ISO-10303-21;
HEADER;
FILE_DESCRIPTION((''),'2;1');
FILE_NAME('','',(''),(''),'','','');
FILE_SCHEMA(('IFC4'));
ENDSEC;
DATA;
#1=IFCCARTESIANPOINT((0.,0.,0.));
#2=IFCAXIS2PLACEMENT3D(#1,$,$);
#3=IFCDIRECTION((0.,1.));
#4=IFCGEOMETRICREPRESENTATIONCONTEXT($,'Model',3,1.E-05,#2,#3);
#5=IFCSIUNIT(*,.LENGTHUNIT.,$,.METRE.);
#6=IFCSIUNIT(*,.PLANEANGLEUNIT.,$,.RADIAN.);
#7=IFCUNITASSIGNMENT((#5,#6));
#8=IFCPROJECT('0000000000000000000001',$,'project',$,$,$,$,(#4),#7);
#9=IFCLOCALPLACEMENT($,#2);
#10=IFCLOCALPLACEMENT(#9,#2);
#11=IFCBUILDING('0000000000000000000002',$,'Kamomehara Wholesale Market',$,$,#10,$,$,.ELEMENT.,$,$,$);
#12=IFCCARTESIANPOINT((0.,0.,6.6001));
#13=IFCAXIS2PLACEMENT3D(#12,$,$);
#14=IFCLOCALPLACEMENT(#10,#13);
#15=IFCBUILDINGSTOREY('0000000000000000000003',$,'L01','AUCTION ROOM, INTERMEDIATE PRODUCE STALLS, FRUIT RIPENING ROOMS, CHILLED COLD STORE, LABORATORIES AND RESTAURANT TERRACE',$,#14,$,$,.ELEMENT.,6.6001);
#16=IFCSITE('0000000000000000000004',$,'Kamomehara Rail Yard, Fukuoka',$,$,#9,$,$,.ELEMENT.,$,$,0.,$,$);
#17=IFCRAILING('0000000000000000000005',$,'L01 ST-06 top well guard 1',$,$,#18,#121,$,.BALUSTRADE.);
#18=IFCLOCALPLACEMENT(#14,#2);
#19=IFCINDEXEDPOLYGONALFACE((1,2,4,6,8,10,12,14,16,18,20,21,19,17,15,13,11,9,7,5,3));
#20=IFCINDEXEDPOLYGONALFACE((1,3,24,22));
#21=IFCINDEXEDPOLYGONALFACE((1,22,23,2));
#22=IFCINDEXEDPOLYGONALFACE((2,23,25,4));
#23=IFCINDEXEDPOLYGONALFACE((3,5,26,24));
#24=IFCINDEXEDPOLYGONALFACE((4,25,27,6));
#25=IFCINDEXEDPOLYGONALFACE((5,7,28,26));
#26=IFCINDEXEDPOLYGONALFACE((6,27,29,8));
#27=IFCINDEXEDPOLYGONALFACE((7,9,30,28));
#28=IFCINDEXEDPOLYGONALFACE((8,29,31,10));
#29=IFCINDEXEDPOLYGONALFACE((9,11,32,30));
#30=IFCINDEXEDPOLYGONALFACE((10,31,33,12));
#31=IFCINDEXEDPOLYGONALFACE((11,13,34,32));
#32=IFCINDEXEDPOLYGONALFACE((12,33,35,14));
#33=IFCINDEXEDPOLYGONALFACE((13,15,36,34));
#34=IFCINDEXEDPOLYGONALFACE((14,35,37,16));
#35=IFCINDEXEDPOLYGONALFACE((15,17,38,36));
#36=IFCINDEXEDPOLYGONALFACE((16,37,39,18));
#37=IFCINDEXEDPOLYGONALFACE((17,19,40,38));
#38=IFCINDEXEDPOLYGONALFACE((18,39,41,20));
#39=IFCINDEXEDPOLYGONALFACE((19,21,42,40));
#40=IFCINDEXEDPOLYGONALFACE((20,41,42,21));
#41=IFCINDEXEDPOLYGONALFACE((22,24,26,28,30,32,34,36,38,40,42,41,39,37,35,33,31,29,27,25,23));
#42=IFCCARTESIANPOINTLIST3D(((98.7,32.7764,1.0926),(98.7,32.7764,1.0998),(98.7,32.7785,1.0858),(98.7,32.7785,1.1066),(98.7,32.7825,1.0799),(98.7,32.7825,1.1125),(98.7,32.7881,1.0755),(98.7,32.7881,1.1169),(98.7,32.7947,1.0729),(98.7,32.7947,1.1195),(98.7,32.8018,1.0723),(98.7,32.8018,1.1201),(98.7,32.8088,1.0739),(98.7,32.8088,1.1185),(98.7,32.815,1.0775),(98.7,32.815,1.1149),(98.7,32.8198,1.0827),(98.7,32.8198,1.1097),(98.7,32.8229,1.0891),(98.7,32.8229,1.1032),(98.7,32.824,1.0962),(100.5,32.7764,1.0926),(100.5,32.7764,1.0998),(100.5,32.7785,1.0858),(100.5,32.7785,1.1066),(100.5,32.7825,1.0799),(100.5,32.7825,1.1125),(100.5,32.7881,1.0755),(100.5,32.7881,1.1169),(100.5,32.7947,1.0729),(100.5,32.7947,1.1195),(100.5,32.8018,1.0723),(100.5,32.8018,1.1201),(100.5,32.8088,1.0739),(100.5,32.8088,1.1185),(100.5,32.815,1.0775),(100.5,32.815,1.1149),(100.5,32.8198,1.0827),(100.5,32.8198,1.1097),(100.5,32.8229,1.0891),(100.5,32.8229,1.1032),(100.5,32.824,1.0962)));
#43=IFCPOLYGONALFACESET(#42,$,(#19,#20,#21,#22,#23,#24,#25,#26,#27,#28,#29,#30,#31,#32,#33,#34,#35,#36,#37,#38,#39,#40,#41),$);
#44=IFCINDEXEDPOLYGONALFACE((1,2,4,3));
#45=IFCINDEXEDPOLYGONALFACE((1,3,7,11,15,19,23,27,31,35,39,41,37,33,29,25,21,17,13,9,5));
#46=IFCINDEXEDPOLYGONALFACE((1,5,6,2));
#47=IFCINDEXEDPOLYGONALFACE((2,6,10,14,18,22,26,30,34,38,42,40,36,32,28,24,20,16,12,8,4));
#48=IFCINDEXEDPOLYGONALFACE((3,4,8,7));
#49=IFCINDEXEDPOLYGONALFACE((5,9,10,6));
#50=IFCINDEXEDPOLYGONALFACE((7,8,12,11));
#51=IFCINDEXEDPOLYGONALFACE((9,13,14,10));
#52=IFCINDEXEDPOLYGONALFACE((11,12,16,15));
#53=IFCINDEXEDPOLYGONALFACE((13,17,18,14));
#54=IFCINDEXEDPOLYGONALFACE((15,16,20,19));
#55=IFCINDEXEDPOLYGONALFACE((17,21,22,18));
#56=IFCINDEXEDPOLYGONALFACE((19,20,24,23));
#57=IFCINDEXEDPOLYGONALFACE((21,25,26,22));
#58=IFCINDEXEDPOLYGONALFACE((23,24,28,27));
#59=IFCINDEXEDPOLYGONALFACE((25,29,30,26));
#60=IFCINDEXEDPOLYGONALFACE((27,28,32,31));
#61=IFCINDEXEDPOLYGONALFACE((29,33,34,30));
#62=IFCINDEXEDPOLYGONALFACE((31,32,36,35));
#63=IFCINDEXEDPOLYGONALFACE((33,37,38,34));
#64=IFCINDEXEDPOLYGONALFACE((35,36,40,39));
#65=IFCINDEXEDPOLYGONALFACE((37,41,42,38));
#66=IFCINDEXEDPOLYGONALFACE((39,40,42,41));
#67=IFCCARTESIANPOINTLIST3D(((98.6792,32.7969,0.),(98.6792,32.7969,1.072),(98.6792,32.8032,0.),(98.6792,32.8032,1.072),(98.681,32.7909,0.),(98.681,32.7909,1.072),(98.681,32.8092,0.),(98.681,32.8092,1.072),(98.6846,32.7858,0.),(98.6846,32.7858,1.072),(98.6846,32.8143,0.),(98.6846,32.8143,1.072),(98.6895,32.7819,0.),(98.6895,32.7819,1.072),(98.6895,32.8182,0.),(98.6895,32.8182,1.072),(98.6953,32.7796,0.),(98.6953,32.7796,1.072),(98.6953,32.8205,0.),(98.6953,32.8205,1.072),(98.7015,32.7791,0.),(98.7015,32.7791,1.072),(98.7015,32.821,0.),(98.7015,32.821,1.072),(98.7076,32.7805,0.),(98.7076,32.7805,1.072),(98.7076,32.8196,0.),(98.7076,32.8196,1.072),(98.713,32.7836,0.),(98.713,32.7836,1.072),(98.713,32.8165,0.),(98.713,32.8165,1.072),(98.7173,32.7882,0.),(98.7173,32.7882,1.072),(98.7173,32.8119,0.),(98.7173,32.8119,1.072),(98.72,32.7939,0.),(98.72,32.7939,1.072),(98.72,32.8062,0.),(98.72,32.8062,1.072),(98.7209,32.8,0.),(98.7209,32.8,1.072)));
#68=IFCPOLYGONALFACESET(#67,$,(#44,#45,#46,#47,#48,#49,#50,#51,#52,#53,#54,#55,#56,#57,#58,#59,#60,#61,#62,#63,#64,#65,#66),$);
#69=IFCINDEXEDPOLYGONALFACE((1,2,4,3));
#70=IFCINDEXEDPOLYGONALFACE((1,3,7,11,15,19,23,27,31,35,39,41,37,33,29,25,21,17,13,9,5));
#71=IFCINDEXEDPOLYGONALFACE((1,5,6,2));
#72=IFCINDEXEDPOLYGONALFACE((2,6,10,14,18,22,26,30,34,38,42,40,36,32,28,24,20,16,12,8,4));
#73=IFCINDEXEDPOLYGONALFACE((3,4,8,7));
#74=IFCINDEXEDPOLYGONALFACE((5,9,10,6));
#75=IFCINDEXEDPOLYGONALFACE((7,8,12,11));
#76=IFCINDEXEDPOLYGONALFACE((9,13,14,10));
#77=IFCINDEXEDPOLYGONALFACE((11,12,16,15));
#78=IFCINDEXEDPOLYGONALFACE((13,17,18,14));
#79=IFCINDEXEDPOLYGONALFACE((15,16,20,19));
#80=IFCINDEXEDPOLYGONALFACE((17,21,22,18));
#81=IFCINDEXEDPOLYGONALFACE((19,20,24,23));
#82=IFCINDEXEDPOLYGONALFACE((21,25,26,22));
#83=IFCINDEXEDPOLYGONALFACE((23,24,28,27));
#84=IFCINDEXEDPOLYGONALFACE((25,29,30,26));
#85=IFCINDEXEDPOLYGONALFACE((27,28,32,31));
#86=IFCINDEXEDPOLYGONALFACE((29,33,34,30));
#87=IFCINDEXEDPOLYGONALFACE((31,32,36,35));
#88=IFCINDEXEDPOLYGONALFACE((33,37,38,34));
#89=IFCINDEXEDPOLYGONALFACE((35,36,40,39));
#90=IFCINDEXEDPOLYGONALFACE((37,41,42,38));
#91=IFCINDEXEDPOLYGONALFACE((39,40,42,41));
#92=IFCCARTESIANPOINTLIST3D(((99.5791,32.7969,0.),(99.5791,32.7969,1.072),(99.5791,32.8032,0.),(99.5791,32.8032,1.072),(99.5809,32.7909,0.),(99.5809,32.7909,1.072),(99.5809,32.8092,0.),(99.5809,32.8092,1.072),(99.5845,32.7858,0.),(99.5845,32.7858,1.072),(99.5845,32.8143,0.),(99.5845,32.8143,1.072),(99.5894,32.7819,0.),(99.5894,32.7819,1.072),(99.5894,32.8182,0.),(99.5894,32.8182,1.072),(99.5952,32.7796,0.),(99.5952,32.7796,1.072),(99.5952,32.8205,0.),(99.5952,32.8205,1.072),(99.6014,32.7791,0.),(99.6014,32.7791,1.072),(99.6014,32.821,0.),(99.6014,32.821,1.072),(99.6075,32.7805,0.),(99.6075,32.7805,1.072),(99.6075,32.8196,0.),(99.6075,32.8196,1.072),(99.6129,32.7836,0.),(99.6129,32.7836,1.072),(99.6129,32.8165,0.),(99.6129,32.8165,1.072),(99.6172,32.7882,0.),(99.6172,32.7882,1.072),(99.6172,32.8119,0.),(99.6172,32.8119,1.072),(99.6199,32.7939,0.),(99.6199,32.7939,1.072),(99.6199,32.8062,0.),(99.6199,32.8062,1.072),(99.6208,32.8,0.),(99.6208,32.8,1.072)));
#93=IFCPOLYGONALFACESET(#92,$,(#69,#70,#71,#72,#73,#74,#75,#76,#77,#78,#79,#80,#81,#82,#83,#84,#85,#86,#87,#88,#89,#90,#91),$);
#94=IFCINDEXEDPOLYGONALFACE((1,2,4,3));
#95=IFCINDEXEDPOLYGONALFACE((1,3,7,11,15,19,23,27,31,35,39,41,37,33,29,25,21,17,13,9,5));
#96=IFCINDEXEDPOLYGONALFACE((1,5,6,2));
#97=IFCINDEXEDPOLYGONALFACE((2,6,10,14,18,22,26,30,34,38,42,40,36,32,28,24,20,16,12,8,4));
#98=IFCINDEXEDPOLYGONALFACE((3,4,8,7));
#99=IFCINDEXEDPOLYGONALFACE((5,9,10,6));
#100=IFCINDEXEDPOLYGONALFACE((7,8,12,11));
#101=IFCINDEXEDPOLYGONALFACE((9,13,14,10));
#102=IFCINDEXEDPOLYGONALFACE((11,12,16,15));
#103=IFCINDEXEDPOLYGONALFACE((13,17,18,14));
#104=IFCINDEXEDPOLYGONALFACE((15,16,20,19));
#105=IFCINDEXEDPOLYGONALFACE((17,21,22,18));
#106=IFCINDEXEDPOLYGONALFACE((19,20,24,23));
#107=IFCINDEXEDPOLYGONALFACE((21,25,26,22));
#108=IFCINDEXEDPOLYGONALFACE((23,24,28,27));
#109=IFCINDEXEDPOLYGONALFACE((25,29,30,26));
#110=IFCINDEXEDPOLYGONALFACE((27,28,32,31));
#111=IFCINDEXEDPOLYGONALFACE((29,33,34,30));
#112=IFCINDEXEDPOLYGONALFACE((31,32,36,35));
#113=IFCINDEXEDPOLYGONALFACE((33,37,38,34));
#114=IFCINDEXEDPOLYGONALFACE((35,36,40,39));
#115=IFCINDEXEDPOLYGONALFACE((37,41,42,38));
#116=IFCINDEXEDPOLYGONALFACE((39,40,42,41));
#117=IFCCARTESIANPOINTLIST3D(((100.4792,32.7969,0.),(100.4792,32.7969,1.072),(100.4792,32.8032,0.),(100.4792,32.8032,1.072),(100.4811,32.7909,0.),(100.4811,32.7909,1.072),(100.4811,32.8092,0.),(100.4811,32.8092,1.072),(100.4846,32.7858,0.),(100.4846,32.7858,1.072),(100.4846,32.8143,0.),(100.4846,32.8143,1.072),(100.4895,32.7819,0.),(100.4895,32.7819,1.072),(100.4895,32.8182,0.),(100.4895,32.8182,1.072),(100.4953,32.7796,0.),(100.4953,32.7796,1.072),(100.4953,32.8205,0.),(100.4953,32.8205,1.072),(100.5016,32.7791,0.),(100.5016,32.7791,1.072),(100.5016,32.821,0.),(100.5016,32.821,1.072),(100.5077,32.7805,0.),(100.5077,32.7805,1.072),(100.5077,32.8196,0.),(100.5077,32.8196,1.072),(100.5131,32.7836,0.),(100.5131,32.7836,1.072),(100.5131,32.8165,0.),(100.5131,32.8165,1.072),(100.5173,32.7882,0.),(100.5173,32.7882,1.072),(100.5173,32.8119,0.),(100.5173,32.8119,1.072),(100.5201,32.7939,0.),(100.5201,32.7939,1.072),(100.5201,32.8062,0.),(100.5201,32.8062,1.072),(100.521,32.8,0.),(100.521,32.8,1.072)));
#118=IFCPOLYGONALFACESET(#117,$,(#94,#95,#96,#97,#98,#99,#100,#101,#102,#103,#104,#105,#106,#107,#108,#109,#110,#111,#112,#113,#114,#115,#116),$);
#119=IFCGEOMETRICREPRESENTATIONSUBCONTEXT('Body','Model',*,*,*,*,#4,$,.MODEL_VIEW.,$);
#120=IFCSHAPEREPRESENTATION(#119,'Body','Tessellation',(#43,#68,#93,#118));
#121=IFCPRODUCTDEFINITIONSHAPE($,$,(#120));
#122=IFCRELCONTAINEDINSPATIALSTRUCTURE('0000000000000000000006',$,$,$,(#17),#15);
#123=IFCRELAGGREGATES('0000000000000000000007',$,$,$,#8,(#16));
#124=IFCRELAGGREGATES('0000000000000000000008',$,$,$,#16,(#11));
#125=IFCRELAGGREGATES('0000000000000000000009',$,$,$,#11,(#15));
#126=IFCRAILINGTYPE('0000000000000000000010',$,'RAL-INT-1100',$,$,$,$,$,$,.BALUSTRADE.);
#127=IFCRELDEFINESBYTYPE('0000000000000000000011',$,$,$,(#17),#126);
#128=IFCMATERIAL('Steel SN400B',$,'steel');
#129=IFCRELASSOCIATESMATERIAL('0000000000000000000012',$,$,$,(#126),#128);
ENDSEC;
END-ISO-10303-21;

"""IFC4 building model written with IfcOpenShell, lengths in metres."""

from ifc_helpers import new_model, si_unit, direction, frame, origin, origin_2d, place, context, subcontext, project, spatial, circle, extrude, material, type_object, element, save


model = new_model("IFC4")

# Units and contexts
model_context = context("Model", 3, precision=1e-05, world=origin(), true_north=direction((0.0, 1.0)))
body_context = subcontext(model_context, "Body", "Model", "MODEL_VIEW")
ifc_project = project(units=[si_unit("LENGTHUNIT", "METRE"), si_unit("PLANEANGLEUNIT", "RADIAN")], contexts=[model_context])

# Site, building, storey
site_placement = place(None, origin())
site = spatial("IfcSite", under=ifc_project, at=site_placement, Name="Kamomehara Rail Yard, Fukuoka", CompositionType="ELEMENT", RefElevation=0.0)
building_placement = place(site_placement, origin())
building = spatial("IfcBuilding", under=site, at=building_placement, Name="Kamomehara Wholesale Market", CompositionType="ELEMENT")
storey_placement = place(building_placement, frame((0.0, 0.0, 6.6001)))
storey = spatial("IfcBuildingStorey", under=building, at=storey_placement, Name="L01", Description="AUCTION ROOM, INTERMEDIATE PRODUCE STALLS, FRUIT RIPENING ROOMS, CHILLED COLD STORE, LABORATORIES AND RESTAURANT TERRACE", CompositionType="ELEMENT", Elevation=6.6001)

# Railing
ifc_material_1 = material(Name="Steel SN400B", Category="steel")
railing_type = type_object("IfcRailingType", Name="RAL-INT-1100", PredefinedType="BALUSTRADE", material=ifc_material_1)
railing_1_placement = place(storey_placement, frame((98.7, 32.8, 0.0)))
element("IfcRailing", 1, at=railing_1_placement, inside=storey, type_object=railing_type, Name="L01 ST-06 top well guard 1", PredefinedType="BALUSTRADE", context=body_context, shape_type="SweptSolid", body=[
    extrude(circle(Radius=0.0239, at=origin_2d()), frame((0.0, 0.0, 1.0962), z_axis=(1.0, 0.0, 0.0), x_axis=(0.0, 1.0, 0.0)), (0.0, 0.0, 1.0), 1.8),
    extrude(circle(Radius=0.021, at=origin_2d()), origin(), (0.0, 0.0, 1.0), 1.072),
    extrude(circle(Radius=0.021, at=origin_2d()), frame((0.8999, 0.0, 0.0)), (0.0, 0.0, 1.0), 1.072),
    extrude(circle(Radius=0.021, at=origin_2d()), frame((1.8, 0.0, 0.0)), (0.0, 0.0, 1.0), 1.072),
])

save(model, "model.ifc")
